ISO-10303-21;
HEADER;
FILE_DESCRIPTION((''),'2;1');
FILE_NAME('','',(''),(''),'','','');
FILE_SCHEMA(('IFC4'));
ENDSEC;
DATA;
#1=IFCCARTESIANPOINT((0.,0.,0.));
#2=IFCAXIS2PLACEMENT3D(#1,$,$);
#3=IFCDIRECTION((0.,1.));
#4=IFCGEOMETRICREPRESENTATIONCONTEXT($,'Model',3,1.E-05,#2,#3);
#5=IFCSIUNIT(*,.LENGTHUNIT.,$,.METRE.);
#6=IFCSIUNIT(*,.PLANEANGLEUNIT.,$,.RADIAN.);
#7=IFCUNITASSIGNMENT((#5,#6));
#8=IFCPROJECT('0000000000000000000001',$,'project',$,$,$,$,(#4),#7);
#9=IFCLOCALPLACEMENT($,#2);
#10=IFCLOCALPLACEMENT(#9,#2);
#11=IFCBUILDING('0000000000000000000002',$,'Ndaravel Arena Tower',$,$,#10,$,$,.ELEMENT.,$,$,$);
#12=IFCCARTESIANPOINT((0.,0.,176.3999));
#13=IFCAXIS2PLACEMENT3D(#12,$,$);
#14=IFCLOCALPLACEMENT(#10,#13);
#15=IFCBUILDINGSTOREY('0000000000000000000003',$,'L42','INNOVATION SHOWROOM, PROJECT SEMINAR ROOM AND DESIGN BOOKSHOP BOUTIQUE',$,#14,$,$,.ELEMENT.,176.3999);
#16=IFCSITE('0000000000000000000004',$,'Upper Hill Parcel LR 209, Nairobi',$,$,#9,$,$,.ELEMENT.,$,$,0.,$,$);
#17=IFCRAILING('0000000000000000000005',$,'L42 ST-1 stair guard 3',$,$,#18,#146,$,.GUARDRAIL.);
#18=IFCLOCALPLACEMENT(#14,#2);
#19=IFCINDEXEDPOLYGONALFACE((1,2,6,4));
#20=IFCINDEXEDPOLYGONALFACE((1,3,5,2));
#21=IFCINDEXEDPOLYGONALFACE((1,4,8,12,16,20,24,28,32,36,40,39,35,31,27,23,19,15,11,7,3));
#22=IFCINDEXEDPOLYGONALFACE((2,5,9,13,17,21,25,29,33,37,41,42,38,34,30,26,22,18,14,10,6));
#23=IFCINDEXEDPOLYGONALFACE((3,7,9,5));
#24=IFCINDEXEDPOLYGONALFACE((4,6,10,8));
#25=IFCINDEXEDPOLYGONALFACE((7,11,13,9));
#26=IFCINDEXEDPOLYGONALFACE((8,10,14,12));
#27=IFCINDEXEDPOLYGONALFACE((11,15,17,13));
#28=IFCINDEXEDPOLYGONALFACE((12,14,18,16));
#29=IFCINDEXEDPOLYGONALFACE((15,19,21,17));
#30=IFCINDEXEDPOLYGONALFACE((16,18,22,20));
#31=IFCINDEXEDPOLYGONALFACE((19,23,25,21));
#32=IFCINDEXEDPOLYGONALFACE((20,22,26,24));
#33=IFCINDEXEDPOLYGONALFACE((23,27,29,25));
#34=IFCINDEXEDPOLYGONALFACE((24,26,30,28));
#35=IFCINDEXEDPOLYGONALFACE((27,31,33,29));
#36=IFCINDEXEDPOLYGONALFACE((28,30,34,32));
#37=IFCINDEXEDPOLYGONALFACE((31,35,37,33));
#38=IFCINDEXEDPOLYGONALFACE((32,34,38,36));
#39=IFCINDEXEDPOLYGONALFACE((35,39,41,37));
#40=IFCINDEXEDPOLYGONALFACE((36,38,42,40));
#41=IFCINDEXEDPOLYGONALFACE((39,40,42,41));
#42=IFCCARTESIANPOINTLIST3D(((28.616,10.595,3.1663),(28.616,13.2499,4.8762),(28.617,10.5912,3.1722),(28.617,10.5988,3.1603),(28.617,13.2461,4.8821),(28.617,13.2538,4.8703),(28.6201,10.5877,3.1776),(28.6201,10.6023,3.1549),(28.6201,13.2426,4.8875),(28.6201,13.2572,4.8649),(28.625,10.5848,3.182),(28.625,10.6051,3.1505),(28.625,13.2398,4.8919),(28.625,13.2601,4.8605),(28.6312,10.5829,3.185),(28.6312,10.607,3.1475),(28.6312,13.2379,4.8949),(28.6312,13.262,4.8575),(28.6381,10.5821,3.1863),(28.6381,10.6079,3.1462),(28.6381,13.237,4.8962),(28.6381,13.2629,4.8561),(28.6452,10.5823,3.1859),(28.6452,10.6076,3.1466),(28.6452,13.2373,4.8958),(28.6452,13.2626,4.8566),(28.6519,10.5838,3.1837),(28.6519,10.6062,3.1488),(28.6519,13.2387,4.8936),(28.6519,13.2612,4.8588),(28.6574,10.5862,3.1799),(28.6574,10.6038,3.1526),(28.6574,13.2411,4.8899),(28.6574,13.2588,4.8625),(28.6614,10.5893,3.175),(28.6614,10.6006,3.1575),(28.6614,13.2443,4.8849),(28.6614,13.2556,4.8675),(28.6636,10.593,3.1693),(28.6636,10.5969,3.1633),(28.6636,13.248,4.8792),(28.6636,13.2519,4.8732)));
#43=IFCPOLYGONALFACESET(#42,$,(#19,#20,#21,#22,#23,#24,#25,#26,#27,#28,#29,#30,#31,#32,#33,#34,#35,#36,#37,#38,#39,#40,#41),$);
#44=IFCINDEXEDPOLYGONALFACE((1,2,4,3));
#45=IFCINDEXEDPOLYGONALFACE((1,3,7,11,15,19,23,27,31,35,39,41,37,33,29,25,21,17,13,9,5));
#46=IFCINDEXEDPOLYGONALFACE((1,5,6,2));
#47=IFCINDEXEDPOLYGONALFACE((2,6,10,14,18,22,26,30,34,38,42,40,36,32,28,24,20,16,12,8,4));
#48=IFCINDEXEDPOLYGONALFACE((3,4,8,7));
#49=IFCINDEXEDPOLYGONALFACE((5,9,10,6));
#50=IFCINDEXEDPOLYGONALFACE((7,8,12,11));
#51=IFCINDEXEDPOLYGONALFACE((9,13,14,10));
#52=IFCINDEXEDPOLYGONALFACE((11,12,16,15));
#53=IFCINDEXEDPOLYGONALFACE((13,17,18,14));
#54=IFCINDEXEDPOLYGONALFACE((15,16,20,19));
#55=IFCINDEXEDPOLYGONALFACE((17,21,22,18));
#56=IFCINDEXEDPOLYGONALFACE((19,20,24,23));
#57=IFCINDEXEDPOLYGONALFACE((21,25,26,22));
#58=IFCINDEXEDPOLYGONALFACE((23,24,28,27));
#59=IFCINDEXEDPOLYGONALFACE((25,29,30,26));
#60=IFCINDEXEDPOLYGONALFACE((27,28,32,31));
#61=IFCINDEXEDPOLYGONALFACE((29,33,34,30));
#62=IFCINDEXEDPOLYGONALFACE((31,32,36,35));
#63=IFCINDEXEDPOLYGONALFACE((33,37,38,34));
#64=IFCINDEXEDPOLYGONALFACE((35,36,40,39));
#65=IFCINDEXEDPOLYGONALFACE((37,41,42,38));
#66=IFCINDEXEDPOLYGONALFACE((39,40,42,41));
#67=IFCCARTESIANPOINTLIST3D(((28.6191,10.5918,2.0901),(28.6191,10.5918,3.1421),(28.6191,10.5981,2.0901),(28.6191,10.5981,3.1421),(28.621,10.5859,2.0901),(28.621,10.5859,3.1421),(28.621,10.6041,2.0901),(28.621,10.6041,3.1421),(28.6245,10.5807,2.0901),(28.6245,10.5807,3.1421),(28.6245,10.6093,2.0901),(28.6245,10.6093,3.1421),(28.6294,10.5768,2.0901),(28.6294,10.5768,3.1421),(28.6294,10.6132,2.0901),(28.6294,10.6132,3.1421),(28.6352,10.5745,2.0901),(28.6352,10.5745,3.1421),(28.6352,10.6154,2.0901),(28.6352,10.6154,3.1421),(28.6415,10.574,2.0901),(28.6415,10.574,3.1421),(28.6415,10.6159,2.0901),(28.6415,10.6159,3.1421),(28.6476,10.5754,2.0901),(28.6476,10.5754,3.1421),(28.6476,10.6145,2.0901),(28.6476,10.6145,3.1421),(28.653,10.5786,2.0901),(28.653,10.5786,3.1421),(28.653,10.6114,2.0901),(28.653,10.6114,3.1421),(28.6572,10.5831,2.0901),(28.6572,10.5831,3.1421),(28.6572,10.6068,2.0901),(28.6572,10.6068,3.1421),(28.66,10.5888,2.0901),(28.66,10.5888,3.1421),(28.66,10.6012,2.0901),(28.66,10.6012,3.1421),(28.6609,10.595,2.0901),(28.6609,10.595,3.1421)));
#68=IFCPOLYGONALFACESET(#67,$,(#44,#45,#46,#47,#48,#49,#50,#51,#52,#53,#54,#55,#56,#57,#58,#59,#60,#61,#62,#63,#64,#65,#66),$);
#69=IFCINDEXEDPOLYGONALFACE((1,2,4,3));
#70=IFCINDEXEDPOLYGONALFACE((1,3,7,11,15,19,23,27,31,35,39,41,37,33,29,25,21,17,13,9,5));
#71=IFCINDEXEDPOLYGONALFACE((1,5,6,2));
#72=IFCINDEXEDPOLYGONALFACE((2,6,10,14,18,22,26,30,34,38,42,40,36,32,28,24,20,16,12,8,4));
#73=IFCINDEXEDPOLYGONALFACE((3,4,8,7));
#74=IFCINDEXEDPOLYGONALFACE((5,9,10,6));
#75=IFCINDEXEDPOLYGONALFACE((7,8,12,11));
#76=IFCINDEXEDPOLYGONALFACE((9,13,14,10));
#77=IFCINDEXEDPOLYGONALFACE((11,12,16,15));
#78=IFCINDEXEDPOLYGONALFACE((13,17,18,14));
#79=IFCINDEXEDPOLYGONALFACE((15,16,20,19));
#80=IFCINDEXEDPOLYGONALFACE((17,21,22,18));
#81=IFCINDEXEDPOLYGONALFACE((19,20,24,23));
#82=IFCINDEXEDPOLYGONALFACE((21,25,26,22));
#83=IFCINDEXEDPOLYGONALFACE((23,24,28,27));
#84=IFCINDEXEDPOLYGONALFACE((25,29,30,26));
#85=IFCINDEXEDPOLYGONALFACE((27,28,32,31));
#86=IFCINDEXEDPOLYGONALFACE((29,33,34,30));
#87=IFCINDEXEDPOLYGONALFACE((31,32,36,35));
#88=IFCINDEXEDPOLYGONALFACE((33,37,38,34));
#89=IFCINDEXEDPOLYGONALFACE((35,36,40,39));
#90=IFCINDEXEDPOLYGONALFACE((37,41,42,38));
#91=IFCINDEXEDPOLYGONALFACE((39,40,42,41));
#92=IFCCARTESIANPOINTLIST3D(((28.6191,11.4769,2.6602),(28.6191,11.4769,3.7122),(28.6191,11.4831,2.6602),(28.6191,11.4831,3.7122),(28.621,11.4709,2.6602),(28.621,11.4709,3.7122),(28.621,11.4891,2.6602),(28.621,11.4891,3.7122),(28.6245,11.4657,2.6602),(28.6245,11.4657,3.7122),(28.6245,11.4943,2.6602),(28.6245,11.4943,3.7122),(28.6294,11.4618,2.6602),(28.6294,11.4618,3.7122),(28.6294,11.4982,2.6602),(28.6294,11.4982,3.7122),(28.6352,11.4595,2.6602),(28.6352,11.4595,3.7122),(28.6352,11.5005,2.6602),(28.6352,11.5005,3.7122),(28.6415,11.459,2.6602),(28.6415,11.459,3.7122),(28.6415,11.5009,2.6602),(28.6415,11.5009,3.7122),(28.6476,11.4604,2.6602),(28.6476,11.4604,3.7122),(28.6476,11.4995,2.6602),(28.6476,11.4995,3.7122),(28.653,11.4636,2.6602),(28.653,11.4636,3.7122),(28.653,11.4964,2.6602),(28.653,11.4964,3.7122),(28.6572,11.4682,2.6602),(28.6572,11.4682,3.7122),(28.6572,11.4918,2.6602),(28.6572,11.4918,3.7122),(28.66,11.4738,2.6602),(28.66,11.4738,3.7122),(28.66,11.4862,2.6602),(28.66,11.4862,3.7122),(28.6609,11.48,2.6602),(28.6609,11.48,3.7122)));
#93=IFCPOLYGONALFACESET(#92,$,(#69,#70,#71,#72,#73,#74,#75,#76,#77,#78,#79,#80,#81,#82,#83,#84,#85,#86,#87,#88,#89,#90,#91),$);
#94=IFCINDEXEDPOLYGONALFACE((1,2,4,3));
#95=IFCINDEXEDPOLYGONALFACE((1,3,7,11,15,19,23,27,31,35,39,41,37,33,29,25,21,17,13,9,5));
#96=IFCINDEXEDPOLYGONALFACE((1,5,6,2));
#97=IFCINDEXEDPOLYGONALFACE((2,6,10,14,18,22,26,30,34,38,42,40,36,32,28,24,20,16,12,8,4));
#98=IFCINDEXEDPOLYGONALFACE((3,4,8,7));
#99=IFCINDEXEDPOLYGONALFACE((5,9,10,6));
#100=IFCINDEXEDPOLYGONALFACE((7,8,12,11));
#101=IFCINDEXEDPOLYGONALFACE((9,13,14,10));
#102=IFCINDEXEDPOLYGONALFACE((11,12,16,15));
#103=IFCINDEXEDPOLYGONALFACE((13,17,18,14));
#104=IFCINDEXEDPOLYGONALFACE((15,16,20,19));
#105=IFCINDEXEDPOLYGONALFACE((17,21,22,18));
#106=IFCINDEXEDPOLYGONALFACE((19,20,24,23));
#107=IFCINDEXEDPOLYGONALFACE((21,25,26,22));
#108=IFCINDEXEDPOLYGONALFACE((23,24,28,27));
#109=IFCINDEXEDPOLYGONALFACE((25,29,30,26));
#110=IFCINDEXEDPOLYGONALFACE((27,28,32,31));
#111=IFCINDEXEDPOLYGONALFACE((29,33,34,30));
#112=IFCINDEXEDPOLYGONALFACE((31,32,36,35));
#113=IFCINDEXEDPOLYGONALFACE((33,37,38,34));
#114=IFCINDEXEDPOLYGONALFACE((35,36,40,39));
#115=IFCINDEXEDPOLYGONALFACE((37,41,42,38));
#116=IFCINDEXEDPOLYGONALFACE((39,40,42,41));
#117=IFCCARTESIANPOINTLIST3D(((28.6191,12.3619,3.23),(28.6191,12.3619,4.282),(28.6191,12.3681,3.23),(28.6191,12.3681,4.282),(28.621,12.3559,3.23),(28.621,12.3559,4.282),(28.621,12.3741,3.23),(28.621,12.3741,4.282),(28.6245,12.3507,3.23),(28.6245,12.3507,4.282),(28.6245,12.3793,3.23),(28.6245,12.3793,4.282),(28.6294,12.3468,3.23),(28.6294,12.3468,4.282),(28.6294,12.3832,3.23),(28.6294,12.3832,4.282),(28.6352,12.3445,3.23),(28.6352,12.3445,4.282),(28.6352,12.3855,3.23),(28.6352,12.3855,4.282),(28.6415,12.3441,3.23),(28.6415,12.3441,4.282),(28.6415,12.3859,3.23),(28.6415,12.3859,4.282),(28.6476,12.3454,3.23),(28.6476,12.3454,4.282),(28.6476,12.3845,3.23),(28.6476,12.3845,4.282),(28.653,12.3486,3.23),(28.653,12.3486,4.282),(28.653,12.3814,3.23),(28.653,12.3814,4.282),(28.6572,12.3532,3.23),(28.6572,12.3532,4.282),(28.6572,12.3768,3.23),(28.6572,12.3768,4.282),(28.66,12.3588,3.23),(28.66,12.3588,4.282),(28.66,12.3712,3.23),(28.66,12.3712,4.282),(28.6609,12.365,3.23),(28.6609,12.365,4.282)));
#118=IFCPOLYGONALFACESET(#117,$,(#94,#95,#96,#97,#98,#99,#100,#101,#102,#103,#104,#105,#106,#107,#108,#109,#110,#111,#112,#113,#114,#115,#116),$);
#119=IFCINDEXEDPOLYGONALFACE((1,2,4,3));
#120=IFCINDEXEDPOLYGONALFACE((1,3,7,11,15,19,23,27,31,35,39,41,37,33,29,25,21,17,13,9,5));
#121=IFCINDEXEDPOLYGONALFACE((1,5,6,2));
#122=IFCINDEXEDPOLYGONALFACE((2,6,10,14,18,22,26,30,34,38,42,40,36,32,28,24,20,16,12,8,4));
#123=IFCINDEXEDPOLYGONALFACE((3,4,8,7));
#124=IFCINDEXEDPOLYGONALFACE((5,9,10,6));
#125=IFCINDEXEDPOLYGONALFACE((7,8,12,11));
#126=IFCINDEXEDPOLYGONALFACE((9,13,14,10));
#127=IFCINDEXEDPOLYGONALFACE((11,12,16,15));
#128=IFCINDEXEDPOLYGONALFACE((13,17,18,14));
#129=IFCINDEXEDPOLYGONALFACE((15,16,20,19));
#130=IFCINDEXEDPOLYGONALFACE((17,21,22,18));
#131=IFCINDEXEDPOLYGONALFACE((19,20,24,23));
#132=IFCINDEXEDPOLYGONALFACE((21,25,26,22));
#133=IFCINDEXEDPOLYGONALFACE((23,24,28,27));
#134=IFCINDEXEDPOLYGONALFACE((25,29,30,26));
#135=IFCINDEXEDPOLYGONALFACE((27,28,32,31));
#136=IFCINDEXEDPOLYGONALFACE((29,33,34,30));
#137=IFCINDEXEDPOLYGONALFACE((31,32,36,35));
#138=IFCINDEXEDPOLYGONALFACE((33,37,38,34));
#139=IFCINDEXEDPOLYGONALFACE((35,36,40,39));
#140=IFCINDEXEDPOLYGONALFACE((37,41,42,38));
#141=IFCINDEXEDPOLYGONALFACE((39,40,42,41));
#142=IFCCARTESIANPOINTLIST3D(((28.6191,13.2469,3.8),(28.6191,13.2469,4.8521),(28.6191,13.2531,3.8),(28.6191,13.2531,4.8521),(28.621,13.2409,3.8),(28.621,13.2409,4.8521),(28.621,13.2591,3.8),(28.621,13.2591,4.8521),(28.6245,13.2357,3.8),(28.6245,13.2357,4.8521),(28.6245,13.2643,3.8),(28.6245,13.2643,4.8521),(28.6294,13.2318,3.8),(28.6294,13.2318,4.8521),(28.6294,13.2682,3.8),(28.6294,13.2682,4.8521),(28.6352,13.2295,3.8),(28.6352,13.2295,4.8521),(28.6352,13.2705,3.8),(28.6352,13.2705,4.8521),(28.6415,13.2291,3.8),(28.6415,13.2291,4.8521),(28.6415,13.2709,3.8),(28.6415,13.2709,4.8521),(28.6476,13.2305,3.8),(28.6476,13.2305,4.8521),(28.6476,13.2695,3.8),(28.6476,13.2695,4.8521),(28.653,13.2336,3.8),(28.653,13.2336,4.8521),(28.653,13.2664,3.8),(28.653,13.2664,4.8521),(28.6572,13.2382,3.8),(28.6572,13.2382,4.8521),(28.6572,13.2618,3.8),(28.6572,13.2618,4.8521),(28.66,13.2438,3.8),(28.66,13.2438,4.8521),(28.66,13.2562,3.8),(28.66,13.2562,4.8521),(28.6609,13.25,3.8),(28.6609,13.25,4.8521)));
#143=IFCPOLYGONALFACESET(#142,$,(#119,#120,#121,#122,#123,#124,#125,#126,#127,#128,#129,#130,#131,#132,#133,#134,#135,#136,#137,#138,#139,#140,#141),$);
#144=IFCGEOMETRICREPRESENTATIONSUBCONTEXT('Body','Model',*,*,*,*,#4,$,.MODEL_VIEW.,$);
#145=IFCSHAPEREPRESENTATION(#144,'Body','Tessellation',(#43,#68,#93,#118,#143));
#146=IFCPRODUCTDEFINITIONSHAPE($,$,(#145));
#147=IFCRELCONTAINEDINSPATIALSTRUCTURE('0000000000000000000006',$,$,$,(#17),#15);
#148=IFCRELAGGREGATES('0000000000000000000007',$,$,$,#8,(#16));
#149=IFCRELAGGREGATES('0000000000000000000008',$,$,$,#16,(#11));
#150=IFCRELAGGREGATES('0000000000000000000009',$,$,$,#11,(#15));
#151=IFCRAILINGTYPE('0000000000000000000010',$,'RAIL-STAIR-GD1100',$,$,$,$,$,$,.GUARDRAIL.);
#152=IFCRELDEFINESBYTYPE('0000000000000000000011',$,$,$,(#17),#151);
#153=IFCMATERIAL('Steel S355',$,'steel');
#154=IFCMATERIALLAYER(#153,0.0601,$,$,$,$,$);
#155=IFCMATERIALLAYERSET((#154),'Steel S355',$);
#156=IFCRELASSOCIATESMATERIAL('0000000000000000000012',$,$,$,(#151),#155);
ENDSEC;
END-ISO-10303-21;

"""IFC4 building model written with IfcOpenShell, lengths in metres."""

from ifc_helpers import new_model, si_unit, direction, frame, origin, origin_2d, place, context, subcontext, project, spatial, circle, extrude, material, layer, layer_set, type_object, element, save


model = new_model("IFC4")

# Units and contexts
model_context = context("Model", 3, precision=1e-05, world=origin(), true_north=direction((0.0, 1.0)))
body_context = subcontext(model_context, "Body", "Model", "MODEL_VIEW")
ifc_project = project(units=[si_unit("LENGTHUNIT", "METRE"), si_unit("PLANEANGLEUNIT", "RADIAN")], contexts=[model_context])

# Site, building, storey
site_placement = place(None, origin())
site = spatial("IfcSite", under=ifc_project, at=site_placement, Name="Upper Hill Parcel LR 209, Nairobi", CompositionType="ELEMENT", RefElevation=0.0)
building_placement = place(site_placement, origin())
building = spatial("IfcBuilding", under=site, at=building_placement, Name="Ndaravel Arena Tower", CompositionType="ELEMENT")
storey_placement = place(building_placement, frame((0.0, 0.0, 176.3999)))
storey = spatial("IfcBuildingStorey", under=building, at=storey_placement, Name="L42", Description="INNOVATION SHOWROOM, PROJECT SEMINAR ROOM AND DESIGN BOOKSHOP BOUTIQUE", CompositionType="ELEMENT", Elevation=176.3999)

# Railing
ifc_material_1 = material(Name="Steel S355", Category="steel")
ifc_layer_1 = layer(ifc_material_1, 0.0601)
ifc_layer_set_1 = layer_set([ifc_layer_1], Name="Steel S355")
railing_type_1 = type_object("IfcRailingType", Name="RAIL-STAIR-GD1100", PredefinedType="GUARDRAIL", material=ifc_layer_set_1)
railing_1_placement = place(storey_placement, frame((28.6399, 10.595, 2.0901)))
element("IfcRailing", 1, at=railing_1_placement, inside=storey, type_object=railing_type_1, Name="L42 ST-1 stair guard 3", PredefinedType="GUARDRAIL", context=body_context, shape_type="SweptSolid", body=[
    extrude(circle(Radius=0.0239, at=origin_2d()), frame((0.0, 0.0, 1.0762), z_axis=(0.0, 0.840724, 0.541465), x_axis=(-1.0, 0.0, 0.0)), (0.0, 0.0, 1.0), 3.158),
    extrude(circle(Radius=0.021, at=origin_2d()), origin(), (0.0, 0.0, 1.0), 1.052),
    extrude(circle(Radius=0.021, at=origin_2d()), frame((0.0, 0.885, 0.5701)), (0.0, 0.0, 1.0), 1.052),
    extrude(circle(Radius=0.021, at=origin_2d()), frame((0.0, 1.77, 1.1399)), (0.0, 0.0, 1.0), 1.052),
    extrude(circle(Radius=0.021, at=origin_2d()), frame((0.0, 2.655, 1.71)), (0.0, 0.0, 1.0), 1.052),
])

save(model, "model.ifc")
